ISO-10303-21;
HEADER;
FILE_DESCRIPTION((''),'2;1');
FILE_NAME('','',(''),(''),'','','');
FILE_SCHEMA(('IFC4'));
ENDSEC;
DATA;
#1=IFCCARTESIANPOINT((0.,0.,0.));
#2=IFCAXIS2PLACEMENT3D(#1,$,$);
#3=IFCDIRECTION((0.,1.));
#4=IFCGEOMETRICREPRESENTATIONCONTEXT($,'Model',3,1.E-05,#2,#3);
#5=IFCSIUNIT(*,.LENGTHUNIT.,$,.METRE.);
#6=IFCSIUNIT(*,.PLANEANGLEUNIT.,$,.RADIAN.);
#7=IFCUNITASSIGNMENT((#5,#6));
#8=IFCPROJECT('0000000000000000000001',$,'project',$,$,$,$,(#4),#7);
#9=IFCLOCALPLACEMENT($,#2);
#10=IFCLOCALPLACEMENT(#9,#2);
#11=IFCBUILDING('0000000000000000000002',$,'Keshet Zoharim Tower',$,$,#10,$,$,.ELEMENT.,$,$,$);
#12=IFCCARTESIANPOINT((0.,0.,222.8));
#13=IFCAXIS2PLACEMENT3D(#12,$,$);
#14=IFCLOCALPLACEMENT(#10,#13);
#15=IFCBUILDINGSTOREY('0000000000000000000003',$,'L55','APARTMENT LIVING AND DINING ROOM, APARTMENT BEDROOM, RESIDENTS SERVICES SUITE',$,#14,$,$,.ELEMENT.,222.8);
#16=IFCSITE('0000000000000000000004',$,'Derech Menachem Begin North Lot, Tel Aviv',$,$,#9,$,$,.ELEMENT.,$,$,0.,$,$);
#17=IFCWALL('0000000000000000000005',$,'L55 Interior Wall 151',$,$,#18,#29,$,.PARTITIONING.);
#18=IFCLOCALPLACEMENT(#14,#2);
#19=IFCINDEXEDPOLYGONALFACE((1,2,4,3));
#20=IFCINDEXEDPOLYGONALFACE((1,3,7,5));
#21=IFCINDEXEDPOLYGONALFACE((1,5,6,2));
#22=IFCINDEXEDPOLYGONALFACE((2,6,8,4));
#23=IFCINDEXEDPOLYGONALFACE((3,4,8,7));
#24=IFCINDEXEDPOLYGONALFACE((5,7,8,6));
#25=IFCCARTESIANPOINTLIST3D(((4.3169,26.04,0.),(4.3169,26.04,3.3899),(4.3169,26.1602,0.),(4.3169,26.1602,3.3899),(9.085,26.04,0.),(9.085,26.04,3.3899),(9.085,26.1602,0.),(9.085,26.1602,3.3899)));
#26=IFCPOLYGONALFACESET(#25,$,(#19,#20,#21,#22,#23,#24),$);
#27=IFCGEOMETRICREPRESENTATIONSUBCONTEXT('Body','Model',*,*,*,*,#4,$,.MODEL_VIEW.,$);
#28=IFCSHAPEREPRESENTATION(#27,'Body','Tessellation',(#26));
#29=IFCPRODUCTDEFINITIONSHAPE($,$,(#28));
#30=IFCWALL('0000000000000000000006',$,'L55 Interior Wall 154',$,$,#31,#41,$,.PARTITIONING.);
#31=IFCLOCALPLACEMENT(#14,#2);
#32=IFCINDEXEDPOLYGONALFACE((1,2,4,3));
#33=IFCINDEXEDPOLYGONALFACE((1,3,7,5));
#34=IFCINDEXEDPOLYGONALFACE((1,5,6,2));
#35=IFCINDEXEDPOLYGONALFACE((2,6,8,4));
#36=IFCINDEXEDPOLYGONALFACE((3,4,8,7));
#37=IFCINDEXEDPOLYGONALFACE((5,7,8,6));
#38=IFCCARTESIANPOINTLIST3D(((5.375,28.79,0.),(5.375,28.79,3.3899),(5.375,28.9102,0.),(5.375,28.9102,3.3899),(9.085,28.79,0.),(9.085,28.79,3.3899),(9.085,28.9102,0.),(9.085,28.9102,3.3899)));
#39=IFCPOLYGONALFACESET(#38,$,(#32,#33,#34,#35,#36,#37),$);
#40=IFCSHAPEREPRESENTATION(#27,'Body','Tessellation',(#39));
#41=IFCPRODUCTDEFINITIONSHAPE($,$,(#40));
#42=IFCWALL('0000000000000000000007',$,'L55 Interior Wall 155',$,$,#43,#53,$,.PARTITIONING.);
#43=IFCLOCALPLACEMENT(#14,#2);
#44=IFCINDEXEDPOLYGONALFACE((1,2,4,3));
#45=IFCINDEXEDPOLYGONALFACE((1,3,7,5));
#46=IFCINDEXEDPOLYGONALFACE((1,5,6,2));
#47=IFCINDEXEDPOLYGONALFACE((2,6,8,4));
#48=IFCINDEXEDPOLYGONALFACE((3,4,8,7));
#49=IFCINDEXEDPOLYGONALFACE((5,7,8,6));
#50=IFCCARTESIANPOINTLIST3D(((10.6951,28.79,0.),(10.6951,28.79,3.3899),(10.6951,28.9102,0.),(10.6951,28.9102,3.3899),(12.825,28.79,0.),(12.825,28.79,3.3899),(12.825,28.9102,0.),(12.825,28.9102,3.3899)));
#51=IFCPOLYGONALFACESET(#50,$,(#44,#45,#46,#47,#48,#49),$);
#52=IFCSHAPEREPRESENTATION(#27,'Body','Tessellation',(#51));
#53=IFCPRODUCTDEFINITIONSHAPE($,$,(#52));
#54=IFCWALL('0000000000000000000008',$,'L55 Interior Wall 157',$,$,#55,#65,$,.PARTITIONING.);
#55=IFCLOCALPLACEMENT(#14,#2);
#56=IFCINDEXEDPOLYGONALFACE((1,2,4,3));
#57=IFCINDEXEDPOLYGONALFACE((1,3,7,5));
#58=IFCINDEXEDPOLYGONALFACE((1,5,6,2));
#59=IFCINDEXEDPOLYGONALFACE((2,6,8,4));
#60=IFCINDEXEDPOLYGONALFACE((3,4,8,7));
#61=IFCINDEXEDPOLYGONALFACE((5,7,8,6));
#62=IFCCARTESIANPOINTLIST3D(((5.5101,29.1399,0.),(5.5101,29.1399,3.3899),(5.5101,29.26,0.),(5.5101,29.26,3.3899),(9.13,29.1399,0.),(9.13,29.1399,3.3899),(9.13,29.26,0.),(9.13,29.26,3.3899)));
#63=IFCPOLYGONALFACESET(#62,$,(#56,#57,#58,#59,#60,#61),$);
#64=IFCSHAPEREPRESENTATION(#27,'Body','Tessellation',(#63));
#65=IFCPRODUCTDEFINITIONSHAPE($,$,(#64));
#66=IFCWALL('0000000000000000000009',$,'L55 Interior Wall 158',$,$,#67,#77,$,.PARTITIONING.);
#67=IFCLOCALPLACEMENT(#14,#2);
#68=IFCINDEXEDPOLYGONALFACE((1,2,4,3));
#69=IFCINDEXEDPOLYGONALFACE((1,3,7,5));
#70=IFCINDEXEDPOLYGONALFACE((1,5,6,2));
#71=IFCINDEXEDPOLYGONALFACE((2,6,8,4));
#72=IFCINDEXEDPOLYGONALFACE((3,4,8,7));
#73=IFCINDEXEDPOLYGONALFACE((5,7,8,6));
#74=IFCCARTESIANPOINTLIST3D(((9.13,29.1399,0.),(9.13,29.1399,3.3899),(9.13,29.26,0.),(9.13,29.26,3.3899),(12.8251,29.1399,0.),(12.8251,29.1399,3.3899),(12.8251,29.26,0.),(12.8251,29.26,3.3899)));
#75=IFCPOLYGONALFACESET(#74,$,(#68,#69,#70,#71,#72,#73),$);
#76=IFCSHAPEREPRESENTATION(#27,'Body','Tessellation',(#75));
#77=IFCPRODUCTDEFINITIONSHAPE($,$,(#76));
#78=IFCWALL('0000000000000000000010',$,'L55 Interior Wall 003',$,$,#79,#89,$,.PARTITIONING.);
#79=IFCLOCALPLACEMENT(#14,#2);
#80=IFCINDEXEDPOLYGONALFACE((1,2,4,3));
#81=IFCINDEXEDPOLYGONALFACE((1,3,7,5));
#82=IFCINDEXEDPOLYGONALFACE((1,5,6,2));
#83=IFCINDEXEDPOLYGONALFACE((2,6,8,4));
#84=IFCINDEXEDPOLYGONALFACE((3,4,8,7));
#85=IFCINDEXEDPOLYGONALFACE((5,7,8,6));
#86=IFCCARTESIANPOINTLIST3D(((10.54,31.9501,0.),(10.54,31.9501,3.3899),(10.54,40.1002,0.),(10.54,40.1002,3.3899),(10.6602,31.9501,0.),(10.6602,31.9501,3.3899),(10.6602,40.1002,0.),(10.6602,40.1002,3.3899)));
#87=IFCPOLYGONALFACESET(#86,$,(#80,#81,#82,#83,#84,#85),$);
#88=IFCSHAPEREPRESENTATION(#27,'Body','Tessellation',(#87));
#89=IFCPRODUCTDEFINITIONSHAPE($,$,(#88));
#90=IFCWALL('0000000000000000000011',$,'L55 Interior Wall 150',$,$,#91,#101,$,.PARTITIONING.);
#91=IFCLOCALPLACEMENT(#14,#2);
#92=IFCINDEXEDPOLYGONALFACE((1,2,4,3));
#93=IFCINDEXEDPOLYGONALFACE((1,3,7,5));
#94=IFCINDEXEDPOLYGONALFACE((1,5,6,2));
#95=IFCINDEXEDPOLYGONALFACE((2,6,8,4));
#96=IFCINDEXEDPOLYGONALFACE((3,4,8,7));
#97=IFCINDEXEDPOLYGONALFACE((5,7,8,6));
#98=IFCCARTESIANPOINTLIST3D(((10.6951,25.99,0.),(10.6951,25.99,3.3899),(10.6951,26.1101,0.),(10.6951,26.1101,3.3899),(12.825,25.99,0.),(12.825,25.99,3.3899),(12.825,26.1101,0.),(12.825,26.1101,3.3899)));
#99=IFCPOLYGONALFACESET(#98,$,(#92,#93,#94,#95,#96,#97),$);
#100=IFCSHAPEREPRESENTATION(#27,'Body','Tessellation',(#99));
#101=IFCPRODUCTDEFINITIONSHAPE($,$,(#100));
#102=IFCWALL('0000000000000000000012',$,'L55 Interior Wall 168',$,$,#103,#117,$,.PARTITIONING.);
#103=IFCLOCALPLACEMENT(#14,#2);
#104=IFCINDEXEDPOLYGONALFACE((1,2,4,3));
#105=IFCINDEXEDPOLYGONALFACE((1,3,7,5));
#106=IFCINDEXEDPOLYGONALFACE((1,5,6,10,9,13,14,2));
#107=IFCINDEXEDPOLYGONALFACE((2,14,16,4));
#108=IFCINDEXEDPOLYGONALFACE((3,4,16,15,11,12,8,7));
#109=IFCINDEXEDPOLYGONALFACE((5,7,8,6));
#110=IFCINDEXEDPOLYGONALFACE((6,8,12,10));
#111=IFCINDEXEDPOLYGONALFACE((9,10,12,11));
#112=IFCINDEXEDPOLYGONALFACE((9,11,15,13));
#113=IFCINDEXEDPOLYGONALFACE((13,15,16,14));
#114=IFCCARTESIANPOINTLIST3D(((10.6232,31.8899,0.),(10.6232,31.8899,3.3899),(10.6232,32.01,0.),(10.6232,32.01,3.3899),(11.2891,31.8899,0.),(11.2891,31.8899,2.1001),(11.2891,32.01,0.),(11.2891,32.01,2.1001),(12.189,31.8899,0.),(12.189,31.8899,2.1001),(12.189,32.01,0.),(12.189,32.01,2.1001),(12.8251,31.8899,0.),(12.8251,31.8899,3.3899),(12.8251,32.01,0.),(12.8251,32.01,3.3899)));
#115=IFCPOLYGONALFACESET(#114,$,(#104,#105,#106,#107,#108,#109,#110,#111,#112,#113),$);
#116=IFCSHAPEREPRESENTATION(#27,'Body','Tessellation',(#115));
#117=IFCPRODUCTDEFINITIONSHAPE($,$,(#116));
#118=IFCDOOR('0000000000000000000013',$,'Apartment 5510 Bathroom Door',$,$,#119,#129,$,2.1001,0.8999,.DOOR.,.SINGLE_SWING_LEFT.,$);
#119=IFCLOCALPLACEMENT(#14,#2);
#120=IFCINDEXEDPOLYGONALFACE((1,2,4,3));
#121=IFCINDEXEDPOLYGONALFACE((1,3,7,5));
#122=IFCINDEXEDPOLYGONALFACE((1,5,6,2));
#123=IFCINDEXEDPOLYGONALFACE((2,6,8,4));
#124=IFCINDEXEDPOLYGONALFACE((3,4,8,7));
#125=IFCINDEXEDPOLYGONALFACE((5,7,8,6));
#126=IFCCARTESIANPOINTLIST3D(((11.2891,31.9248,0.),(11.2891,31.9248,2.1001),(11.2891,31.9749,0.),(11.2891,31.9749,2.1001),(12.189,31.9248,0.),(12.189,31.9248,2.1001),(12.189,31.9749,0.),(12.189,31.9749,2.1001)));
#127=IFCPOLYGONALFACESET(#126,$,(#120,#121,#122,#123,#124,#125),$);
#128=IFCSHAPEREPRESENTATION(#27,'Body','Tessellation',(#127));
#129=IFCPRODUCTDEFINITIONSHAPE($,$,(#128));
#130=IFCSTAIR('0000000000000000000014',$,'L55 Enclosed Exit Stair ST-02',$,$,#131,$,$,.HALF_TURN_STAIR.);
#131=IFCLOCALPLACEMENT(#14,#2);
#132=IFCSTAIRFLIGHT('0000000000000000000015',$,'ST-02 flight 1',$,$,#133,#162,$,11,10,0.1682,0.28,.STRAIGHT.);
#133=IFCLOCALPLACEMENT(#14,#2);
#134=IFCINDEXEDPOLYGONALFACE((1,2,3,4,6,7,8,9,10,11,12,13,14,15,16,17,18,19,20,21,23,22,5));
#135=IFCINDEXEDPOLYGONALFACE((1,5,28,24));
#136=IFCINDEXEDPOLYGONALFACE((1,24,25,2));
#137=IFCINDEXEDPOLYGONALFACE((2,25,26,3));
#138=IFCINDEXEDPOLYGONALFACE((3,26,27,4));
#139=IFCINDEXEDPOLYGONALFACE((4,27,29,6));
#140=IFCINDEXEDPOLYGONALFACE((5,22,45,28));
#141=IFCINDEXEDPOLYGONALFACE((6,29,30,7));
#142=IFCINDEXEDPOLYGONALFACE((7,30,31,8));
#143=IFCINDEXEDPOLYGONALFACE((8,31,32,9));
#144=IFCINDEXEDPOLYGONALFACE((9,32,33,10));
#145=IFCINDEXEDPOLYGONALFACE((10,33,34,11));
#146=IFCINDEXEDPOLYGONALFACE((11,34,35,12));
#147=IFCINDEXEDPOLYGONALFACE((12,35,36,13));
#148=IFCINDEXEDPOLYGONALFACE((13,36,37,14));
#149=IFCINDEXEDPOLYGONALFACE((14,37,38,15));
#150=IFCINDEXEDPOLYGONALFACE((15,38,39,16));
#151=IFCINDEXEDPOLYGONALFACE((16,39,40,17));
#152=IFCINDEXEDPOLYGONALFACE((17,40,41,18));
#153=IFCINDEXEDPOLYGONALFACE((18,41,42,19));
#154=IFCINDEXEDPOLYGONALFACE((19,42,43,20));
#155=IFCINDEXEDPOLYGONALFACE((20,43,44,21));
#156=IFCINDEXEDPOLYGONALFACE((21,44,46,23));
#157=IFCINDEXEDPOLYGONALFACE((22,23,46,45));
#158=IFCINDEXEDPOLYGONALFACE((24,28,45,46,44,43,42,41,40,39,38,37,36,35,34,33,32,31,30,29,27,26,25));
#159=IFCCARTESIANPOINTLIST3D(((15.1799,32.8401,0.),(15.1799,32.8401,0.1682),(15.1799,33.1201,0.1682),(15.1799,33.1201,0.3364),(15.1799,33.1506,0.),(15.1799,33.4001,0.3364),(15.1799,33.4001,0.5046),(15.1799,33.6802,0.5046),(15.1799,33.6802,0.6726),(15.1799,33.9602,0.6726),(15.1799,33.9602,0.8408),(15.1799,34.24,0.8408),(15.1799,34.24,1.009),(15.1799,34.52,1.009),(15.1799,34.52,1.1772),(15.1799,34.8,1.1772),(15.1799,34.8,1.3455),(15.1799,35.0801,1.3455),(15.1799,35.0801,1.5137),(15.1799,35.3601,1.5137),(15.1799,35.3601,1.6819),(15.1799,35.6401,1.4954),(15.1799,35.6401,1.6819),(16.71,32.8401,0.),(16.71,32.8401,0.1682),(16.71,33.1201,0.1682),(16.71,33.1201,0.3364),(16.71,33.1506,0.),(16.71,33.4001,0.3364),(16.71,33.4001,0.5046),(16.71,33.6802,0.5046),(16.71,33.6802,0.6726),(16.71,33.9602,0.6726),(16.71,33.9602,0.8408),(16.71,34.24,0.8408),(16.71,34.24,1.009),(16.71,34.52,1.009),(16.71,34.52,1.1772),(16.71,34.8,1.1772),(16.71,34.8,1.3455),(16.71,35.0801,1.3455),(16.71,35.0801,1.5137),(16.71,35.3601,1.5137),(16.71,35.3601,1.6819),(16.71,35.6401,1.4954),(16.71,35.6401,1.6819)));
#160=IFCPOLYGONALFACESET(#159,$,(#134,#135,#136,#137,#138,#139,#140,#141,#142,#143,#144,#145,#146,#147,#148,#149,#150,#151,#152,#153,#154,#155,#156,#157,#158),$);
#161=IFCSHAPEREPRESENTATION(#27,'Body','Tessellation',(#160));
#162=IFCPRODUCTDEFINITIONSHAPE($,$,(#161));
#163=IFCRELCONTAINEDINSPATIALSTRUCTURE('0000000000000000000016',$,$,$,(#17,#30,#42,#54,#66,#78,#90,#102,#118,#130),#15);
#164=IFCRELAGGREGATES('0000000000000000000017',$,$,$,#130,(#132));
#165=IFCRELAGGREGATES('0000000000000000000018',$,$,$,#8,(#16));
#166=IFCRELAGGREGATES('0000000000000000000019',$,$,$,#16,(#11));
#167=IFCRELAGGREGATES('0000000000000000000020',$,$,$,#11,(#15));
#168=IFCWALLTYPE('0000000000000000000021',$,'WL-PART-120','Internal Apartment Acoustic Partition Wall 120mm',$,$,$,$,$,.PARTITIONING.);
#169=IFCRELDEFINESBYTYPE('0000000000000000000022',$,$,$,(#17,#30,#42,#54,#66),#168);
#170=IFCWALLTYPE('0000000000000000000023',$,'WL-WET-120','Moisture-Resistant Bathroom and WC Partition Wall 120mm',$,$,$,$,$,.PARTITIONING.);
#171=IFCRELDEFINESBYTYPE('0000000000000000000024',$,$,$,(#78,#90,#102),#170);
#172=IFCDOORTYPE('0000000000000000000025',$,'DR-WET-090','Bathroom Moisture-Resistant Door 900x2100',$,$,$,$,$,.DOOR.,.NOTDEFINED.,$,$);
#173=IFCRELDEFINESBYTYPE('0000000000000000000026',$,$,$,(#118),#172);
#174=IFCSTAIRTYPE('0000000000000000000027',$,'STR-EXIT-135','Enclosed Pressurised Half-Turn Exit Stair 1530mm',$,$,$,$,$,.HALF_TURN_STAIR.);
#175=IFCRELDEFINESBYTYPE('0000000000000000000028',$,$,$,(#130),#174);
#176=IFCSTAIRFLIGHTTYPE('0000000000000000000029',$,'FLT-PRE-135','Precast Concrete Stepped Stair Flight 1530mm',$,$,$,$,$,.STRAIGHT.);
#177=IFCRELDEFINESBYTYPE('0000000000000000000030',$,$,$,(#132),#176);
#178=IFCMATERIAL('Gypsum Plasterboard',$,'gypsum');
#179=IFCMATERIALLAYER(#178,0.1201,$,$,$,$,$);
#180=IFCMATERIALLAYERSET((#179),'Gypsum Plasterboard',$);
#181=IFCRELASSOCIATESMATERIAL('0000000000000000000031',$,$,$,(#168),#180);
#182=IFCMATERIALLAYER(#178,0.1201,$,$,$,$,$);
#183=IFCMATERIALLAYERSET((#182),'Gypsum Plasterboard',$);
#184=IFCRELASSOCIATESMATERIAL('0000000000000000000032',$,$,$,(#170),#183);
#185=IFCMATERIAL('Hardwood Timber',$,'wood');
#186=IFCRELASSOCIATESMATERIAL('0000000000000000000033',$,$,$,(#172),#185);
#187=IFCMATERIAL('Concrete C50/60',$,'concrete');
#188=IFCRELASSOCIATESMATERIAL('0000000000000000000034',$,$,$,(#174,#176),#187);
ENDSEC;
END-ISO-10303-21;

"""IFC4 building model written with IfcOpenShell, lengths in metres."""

from ifc_helpers import new_model, si_unit, direction, frame, frame_2d, origin, place, context, subcontext, project, spatial, polyline, rectangle, outline, extrude, material, layer, layer_set, type_object, element, fill, aggregate, save


model = new_model("IFC4")

# Units and contexts
model_context = context("Model", 3, precision=1e-05, world=origin(), true_north=direction((0.0, 1.0)))
body_context = subcontext(model_context, "Body", "Model", "MODEL_VIEW")
ifc_project = project(units=[si_unit("LENGTHUNIT", "METRE"), si_unit("PLANEANGLEUNIT", "RADIAN")], contexts=[model_context])

# Site, building, storey
site_placement = place(None, origin())
site = spatial("IfcSite", under=ifc_project, at=site_placement, Name="Derech Menachem Begin North Lot, Tel Aviv", CompositionType="ELEMENT", RefElevation=0.0)
building_placement = place(site_placement, origin())
building = spatial("IfcBuilding", under=site, at=building_placement, Name="Keshet Zoharim Tower", CompositionType="ELEMENT")
storey_placement = place(building_placement, frame((0.0, 0.0, 222.8)))
storey = spatial("IfcBuildingStorey", under=building, at=storey_placement, Name="L55", Description="APARTMENT LIVING AND DINING ROOM, APARTMENT BEDROOM, RESIDENTS SERVICES SUITE", CompositionType="ELEMENT", Elevation=222.8)

# Shared definitions
ifc_material_1 = material(Name="Hardwood Timber", Category="wood")

# Shared definitions
ifc_material_2 = material(Name="Gypsum Plasterboard", Category="gypsum")

# Shared definitions
ifc_layer_1 = layer(ifc_material_2, 0.1201)
ifc_layer_set_1 = layer_set([ifc_layer_1], Name="Gypsum Plasterboard")
wall_type_1 = type_object("IfcWallType", Name="WL-PART-120", Description="Internal Apartment Acoustic Partition Wall 120mm", PredefinedType="PARTITIONING", material=ifc_layer_set_1)

# Walls
wall_1_placement = place(storey_placement, frame((4.3169, 26.1001, 0.0), z_axis=(0.0, 0.0, 1.0), x_axis=(1.0, 0.0, 0.0)))
element("IfcWall", 1, at=wall_1_placement, inside=storey, type_object=wall_type_1, Name="L55 Interior Wall 151", PredefinedType="PARTITIONING", context=body_context, shape_type="SweptSolid", body=[
    extrude(rectangle(XDim=4.7681, YDim=0.1201, at=frame_2d((2.384, 0.0))), origin(), (0.0, 0.0, 1.0), 3.3899),
])
wall_2_placement = place(storey_placement, frame((5.375, 28.8501, 0.0), z_axis=(0.0, 0.0, 1.0), x_axis=(1.0, 0.0, 0.0)))
element("IfcWall", 2, at=wall_2_placement, inside=storey, type_object=wall_type_1, Name="L55 Interior Wall 154", PredefinedType="PARTITIONING", context=body_context, shape_type="SweptSolid", body=[
    extrude(rectangle(XDim=3.71, YDim=0.1201, at=frame_2d((1.855, 0.0))), origin(), (0.0, 0.0, 1.0), 3.3899),
])
wall_3_placement = place(storey_placement, frame((10.6951, 28.8501, 0.0), z_axis=(0.0, 0.0, 1.0), x_axis=(1.0, 0.0, 0.0)))
element("IfcWall", 3, at=wall_3_placement, inside=storey, type_object=wall_type_1, Name="L55 Interior Wall 155", PredefinedType="PARTITIONING", context=body_context, shape_type="SweptSolid", body=[
    extrude(rectangle(XDim=2.1299, YDim=0.1201, at=frame_2d((1.0649, 0.0))), origin(), (0.0, 0.0, 1.0), 3.3899),
])
wall_4_placement = place(storey_placement, frame((5.51, 29.2, 0.0), z_axis=(0.0, 0.0, 1.0), x_axis=(1.0, 0.0, 0.0)))
element("IfcWall", 4, at=wall_4_placement, inside=storey, type_object=wall_type_1, Name="L55 Interior Wall 157", PredefinedType="PARTITIONING", context=body_context, shape_type="SweptSolid", body=[
    extrude(rectangle(XDim=3.6199, YDim=0.1201, at=frame_2d((1.8101, 0.0))), origin(), (0.0, 0.0, 1.0), 3.3899),
])
wall_5_placement = place(storey_placement, frame((9.1299, 29.2, 0.0), z_axis=(0.0, 0.0, 1.0), x_axis=(1.0, 0.0, 0.0)))
element("IfcWall", 5, at=wall_5_placement, inside=storey, type_object=wall_type_1, Name="L55 Interior Wall 158", PredefinedType="PARTITIONING", context=body_context, shape_type="SweptSolid", body=[
    extrude(rectangle(XDim=3.6951, YDim=0.1201, at=frame_2d((1.8477, 0.0))), origin(), (0.0, 0.0, 1.0), 3.3899),
])

# Walls
ifc_layer_2 = layer(ifc_material_2, 0.1201)
ifc_layer_set_2 = layer_set([ifc_layer_2], Name="Gypsum Plasterboard")
wall_type_2 = type_object("IfcWallType", Name="WL-WET-120", Description="Moisture-Resistant Bathroom and WC Partition Wall 120mm", PredefinedType="PARTITIONING", material=ifc_layer_set_2)
wall_6_placement = place(storey_placement, frame((10.6001, 31.95, 0.0), z_axis=(0.0, 0.0, 1.0), x_axis=(0.0, 1.0, 0.0)))
element("IfcWall", 6, at=wall_6_placement, inside=storey, type_object=wall_type_2, Name="L55 Interior Wall 003", PredefinedType="PARTITIONING", context=body_context, shape_type="SweptSolid", body=[
    extrude(rectangle(XDim=8.1501, YDim=0.1201, at=frame_2d((4.0752, 0.0))), origin(), (0.0, 0.0, 1.0), 3.3899),
])
wall_7_placement = place(storey_placement, frame((10.6951, 26.05, 0.0), z_axis=(0.0, 0.0, 1.0), x_axis=(1.0, 0.0, 0.0)))
element("IfcWall", 7, at=wall_7_placement, inside=storey, type_object=wall_type_2, Name="L55 Interior Wall 150", PredefinedType="PARTITIONING", context=body_context, shape_type="SweptSolid", body=[
    extrude(rectangle(XDim=2.1299, YDim=0.1201, at=frame_2d((1.0649, 0.0))), origin(), (0.0, 0.0, 1.0), 3.3899),
])

# Wall, opening, door
wall_8_placement = place(storey_placement, frame((10.623, 31.95, 0.0), z_axis=(0.0, 0.0, 1.0), x_axis=(1.0, 0.0, 0.0)))
wall_8 = element("IfcWall", 8, at=wall_8_placement, inside=storey, type_object=wall_type_2, Name="L55 Interior Wall 168", PredefinedType="PARTITIONING", context=body_context, shape_type="SweptSolid", body=[
    extrude(rectangle(XDim=2.2019, YDim=0.1201, at=frame_2d((1.1011, 0.0))), origin(), (0.0, 0.0, 1.0), 3.3899),
])
opening_1_placement = place(wall_8_placement, frame((0.666, 0.0, 0.0)))
opening_1 = element("IfcOpeningElement", 9, at=opening_1_placement, cuts=wall_8, PredefinedType="OPENING", context=body_context, shape_type="SweptSolid", body=[
    extrude(rectangle(XDim=0.8999, YDim=2.1001, at=frame_2d((0.45, 1.05))), frame((0.0, 0.0701, 0.0), z_axis=(0.0, -1.0, 0.0), x_axis=(1.0, 0.0, 0.0)), (0.0, 0.0, 1.0), 0.1401),
])
door_type_1 = type_object("IfcDoorType", Name="DR-WET-090", Description="Bathroom Moisture-Resistant Door 900x2100", OperationType="NOTDEFINED", PredefinedType="DOOR", material=ifc_material_1)
door_1_placement = place(opening_1_placement, origin())
door_1 = element("IfcDoor", 10, at=door_1_placement, inside=storey, type_object=door_type_1, Name="Apartment 5510 Bathroom Door", OperationType="SINGLE_SWING_LEFT", OverallHeight=2.1001, OverallWidth=0.8999, PredefinedType="DOOR", context=body_context, shape_type="SweptSolid", body=[
    extrude(rectangle(XDim=0.8999, YDim=2.1001, at=frame_2d((0.45, 1.05))), frame((0.0, 0.0249, 0.0), z_axis=(0.0, -1.0, 0.0), x_axis=(1.0, 0.0, 0.0)), (0.0, 0.0, 1.0), 0.05),
])
fill(opening_1, door_1)

# Stair, stair flight
ifc_material_3 = material(Name="Concrete C50/60", Category="concrete")
stair_type = type_object("IfcStairType", Name="STR-EXIT-135", Description="Enclosed Pressurised Half-Turn Exit Stair 1530mm", PredefinedType="HALF_TURN_STAIR", material=ifc_material_3)
stair_placement = place(storey_placement, origin())
stair = element("IfcStair", 11, at=stair_placement, inside=storey, type_object=stair_type, Name="L55 Enclosed Exit Stair ST-02", PredefinedType="HALF_TURN_STAIR")
stair_flight_type = type_object("IfcStairFlightType", Name="FLT-PRE-135", Description="Precast Concrete Stepped Stair Flight 1530mm", PredefinedType="STRAIGHT", material=ifc_material_3)
stair_flight_placement = place(storey_placement, frame((15.9451, 32.8401, 0.0), z_axis=(0.0, 0.0, 1.0), x_axis=(0.0, 1.0, 0.0)))
stair_flight = element("IfcStairFlight", 12, at=stair_flight_placement, type_object=stair_flight_type, Name="ST-02 flight 1", NumberOfRisers=11, NumberOfTreads=10, PredefinedType="STRAIGHT", RiserHeight=0.1682, TreadLength=0.28, context=body_context, shape_type="SweptSolid", body=[
    extrude(outline(polyline([(0.0, 0.0), (0.0, 0.1682), (0.28, 0.1682), (0.28, 0.3364), (0.5601, 0.3364), (0.5601, 0.5046), (0.8401, 0.5046), (0.8401, 0.6726), (1.1201, 0.6726), (1.1201, 0.8408), (1.3999, 0.8408), (1.3999, 1.009), (1.6799, 1.009), (1.6799, 1.1772), (1.96, 1.1772), (1.96, 1.3455), (2.24, 1.3455), (2.24, 1.5137), (2.52, 1.5137), (2.52, 1.6819), (2.8, 1.6819), (2.8, 1.8501), (2.8, 1.4954), (0.3105, 0.0), (0.0, 0.0)])), frame((0.0, 0.7651, 0.0), z_axis=(0.0, -1.0, 0.0), x_axis=(1.0, 0.0, 0.0)), (0.0, 0.0, 1.0), 1.53),
])
aggregate(stair, [stair_flight])

save(model, "model.ifc")
